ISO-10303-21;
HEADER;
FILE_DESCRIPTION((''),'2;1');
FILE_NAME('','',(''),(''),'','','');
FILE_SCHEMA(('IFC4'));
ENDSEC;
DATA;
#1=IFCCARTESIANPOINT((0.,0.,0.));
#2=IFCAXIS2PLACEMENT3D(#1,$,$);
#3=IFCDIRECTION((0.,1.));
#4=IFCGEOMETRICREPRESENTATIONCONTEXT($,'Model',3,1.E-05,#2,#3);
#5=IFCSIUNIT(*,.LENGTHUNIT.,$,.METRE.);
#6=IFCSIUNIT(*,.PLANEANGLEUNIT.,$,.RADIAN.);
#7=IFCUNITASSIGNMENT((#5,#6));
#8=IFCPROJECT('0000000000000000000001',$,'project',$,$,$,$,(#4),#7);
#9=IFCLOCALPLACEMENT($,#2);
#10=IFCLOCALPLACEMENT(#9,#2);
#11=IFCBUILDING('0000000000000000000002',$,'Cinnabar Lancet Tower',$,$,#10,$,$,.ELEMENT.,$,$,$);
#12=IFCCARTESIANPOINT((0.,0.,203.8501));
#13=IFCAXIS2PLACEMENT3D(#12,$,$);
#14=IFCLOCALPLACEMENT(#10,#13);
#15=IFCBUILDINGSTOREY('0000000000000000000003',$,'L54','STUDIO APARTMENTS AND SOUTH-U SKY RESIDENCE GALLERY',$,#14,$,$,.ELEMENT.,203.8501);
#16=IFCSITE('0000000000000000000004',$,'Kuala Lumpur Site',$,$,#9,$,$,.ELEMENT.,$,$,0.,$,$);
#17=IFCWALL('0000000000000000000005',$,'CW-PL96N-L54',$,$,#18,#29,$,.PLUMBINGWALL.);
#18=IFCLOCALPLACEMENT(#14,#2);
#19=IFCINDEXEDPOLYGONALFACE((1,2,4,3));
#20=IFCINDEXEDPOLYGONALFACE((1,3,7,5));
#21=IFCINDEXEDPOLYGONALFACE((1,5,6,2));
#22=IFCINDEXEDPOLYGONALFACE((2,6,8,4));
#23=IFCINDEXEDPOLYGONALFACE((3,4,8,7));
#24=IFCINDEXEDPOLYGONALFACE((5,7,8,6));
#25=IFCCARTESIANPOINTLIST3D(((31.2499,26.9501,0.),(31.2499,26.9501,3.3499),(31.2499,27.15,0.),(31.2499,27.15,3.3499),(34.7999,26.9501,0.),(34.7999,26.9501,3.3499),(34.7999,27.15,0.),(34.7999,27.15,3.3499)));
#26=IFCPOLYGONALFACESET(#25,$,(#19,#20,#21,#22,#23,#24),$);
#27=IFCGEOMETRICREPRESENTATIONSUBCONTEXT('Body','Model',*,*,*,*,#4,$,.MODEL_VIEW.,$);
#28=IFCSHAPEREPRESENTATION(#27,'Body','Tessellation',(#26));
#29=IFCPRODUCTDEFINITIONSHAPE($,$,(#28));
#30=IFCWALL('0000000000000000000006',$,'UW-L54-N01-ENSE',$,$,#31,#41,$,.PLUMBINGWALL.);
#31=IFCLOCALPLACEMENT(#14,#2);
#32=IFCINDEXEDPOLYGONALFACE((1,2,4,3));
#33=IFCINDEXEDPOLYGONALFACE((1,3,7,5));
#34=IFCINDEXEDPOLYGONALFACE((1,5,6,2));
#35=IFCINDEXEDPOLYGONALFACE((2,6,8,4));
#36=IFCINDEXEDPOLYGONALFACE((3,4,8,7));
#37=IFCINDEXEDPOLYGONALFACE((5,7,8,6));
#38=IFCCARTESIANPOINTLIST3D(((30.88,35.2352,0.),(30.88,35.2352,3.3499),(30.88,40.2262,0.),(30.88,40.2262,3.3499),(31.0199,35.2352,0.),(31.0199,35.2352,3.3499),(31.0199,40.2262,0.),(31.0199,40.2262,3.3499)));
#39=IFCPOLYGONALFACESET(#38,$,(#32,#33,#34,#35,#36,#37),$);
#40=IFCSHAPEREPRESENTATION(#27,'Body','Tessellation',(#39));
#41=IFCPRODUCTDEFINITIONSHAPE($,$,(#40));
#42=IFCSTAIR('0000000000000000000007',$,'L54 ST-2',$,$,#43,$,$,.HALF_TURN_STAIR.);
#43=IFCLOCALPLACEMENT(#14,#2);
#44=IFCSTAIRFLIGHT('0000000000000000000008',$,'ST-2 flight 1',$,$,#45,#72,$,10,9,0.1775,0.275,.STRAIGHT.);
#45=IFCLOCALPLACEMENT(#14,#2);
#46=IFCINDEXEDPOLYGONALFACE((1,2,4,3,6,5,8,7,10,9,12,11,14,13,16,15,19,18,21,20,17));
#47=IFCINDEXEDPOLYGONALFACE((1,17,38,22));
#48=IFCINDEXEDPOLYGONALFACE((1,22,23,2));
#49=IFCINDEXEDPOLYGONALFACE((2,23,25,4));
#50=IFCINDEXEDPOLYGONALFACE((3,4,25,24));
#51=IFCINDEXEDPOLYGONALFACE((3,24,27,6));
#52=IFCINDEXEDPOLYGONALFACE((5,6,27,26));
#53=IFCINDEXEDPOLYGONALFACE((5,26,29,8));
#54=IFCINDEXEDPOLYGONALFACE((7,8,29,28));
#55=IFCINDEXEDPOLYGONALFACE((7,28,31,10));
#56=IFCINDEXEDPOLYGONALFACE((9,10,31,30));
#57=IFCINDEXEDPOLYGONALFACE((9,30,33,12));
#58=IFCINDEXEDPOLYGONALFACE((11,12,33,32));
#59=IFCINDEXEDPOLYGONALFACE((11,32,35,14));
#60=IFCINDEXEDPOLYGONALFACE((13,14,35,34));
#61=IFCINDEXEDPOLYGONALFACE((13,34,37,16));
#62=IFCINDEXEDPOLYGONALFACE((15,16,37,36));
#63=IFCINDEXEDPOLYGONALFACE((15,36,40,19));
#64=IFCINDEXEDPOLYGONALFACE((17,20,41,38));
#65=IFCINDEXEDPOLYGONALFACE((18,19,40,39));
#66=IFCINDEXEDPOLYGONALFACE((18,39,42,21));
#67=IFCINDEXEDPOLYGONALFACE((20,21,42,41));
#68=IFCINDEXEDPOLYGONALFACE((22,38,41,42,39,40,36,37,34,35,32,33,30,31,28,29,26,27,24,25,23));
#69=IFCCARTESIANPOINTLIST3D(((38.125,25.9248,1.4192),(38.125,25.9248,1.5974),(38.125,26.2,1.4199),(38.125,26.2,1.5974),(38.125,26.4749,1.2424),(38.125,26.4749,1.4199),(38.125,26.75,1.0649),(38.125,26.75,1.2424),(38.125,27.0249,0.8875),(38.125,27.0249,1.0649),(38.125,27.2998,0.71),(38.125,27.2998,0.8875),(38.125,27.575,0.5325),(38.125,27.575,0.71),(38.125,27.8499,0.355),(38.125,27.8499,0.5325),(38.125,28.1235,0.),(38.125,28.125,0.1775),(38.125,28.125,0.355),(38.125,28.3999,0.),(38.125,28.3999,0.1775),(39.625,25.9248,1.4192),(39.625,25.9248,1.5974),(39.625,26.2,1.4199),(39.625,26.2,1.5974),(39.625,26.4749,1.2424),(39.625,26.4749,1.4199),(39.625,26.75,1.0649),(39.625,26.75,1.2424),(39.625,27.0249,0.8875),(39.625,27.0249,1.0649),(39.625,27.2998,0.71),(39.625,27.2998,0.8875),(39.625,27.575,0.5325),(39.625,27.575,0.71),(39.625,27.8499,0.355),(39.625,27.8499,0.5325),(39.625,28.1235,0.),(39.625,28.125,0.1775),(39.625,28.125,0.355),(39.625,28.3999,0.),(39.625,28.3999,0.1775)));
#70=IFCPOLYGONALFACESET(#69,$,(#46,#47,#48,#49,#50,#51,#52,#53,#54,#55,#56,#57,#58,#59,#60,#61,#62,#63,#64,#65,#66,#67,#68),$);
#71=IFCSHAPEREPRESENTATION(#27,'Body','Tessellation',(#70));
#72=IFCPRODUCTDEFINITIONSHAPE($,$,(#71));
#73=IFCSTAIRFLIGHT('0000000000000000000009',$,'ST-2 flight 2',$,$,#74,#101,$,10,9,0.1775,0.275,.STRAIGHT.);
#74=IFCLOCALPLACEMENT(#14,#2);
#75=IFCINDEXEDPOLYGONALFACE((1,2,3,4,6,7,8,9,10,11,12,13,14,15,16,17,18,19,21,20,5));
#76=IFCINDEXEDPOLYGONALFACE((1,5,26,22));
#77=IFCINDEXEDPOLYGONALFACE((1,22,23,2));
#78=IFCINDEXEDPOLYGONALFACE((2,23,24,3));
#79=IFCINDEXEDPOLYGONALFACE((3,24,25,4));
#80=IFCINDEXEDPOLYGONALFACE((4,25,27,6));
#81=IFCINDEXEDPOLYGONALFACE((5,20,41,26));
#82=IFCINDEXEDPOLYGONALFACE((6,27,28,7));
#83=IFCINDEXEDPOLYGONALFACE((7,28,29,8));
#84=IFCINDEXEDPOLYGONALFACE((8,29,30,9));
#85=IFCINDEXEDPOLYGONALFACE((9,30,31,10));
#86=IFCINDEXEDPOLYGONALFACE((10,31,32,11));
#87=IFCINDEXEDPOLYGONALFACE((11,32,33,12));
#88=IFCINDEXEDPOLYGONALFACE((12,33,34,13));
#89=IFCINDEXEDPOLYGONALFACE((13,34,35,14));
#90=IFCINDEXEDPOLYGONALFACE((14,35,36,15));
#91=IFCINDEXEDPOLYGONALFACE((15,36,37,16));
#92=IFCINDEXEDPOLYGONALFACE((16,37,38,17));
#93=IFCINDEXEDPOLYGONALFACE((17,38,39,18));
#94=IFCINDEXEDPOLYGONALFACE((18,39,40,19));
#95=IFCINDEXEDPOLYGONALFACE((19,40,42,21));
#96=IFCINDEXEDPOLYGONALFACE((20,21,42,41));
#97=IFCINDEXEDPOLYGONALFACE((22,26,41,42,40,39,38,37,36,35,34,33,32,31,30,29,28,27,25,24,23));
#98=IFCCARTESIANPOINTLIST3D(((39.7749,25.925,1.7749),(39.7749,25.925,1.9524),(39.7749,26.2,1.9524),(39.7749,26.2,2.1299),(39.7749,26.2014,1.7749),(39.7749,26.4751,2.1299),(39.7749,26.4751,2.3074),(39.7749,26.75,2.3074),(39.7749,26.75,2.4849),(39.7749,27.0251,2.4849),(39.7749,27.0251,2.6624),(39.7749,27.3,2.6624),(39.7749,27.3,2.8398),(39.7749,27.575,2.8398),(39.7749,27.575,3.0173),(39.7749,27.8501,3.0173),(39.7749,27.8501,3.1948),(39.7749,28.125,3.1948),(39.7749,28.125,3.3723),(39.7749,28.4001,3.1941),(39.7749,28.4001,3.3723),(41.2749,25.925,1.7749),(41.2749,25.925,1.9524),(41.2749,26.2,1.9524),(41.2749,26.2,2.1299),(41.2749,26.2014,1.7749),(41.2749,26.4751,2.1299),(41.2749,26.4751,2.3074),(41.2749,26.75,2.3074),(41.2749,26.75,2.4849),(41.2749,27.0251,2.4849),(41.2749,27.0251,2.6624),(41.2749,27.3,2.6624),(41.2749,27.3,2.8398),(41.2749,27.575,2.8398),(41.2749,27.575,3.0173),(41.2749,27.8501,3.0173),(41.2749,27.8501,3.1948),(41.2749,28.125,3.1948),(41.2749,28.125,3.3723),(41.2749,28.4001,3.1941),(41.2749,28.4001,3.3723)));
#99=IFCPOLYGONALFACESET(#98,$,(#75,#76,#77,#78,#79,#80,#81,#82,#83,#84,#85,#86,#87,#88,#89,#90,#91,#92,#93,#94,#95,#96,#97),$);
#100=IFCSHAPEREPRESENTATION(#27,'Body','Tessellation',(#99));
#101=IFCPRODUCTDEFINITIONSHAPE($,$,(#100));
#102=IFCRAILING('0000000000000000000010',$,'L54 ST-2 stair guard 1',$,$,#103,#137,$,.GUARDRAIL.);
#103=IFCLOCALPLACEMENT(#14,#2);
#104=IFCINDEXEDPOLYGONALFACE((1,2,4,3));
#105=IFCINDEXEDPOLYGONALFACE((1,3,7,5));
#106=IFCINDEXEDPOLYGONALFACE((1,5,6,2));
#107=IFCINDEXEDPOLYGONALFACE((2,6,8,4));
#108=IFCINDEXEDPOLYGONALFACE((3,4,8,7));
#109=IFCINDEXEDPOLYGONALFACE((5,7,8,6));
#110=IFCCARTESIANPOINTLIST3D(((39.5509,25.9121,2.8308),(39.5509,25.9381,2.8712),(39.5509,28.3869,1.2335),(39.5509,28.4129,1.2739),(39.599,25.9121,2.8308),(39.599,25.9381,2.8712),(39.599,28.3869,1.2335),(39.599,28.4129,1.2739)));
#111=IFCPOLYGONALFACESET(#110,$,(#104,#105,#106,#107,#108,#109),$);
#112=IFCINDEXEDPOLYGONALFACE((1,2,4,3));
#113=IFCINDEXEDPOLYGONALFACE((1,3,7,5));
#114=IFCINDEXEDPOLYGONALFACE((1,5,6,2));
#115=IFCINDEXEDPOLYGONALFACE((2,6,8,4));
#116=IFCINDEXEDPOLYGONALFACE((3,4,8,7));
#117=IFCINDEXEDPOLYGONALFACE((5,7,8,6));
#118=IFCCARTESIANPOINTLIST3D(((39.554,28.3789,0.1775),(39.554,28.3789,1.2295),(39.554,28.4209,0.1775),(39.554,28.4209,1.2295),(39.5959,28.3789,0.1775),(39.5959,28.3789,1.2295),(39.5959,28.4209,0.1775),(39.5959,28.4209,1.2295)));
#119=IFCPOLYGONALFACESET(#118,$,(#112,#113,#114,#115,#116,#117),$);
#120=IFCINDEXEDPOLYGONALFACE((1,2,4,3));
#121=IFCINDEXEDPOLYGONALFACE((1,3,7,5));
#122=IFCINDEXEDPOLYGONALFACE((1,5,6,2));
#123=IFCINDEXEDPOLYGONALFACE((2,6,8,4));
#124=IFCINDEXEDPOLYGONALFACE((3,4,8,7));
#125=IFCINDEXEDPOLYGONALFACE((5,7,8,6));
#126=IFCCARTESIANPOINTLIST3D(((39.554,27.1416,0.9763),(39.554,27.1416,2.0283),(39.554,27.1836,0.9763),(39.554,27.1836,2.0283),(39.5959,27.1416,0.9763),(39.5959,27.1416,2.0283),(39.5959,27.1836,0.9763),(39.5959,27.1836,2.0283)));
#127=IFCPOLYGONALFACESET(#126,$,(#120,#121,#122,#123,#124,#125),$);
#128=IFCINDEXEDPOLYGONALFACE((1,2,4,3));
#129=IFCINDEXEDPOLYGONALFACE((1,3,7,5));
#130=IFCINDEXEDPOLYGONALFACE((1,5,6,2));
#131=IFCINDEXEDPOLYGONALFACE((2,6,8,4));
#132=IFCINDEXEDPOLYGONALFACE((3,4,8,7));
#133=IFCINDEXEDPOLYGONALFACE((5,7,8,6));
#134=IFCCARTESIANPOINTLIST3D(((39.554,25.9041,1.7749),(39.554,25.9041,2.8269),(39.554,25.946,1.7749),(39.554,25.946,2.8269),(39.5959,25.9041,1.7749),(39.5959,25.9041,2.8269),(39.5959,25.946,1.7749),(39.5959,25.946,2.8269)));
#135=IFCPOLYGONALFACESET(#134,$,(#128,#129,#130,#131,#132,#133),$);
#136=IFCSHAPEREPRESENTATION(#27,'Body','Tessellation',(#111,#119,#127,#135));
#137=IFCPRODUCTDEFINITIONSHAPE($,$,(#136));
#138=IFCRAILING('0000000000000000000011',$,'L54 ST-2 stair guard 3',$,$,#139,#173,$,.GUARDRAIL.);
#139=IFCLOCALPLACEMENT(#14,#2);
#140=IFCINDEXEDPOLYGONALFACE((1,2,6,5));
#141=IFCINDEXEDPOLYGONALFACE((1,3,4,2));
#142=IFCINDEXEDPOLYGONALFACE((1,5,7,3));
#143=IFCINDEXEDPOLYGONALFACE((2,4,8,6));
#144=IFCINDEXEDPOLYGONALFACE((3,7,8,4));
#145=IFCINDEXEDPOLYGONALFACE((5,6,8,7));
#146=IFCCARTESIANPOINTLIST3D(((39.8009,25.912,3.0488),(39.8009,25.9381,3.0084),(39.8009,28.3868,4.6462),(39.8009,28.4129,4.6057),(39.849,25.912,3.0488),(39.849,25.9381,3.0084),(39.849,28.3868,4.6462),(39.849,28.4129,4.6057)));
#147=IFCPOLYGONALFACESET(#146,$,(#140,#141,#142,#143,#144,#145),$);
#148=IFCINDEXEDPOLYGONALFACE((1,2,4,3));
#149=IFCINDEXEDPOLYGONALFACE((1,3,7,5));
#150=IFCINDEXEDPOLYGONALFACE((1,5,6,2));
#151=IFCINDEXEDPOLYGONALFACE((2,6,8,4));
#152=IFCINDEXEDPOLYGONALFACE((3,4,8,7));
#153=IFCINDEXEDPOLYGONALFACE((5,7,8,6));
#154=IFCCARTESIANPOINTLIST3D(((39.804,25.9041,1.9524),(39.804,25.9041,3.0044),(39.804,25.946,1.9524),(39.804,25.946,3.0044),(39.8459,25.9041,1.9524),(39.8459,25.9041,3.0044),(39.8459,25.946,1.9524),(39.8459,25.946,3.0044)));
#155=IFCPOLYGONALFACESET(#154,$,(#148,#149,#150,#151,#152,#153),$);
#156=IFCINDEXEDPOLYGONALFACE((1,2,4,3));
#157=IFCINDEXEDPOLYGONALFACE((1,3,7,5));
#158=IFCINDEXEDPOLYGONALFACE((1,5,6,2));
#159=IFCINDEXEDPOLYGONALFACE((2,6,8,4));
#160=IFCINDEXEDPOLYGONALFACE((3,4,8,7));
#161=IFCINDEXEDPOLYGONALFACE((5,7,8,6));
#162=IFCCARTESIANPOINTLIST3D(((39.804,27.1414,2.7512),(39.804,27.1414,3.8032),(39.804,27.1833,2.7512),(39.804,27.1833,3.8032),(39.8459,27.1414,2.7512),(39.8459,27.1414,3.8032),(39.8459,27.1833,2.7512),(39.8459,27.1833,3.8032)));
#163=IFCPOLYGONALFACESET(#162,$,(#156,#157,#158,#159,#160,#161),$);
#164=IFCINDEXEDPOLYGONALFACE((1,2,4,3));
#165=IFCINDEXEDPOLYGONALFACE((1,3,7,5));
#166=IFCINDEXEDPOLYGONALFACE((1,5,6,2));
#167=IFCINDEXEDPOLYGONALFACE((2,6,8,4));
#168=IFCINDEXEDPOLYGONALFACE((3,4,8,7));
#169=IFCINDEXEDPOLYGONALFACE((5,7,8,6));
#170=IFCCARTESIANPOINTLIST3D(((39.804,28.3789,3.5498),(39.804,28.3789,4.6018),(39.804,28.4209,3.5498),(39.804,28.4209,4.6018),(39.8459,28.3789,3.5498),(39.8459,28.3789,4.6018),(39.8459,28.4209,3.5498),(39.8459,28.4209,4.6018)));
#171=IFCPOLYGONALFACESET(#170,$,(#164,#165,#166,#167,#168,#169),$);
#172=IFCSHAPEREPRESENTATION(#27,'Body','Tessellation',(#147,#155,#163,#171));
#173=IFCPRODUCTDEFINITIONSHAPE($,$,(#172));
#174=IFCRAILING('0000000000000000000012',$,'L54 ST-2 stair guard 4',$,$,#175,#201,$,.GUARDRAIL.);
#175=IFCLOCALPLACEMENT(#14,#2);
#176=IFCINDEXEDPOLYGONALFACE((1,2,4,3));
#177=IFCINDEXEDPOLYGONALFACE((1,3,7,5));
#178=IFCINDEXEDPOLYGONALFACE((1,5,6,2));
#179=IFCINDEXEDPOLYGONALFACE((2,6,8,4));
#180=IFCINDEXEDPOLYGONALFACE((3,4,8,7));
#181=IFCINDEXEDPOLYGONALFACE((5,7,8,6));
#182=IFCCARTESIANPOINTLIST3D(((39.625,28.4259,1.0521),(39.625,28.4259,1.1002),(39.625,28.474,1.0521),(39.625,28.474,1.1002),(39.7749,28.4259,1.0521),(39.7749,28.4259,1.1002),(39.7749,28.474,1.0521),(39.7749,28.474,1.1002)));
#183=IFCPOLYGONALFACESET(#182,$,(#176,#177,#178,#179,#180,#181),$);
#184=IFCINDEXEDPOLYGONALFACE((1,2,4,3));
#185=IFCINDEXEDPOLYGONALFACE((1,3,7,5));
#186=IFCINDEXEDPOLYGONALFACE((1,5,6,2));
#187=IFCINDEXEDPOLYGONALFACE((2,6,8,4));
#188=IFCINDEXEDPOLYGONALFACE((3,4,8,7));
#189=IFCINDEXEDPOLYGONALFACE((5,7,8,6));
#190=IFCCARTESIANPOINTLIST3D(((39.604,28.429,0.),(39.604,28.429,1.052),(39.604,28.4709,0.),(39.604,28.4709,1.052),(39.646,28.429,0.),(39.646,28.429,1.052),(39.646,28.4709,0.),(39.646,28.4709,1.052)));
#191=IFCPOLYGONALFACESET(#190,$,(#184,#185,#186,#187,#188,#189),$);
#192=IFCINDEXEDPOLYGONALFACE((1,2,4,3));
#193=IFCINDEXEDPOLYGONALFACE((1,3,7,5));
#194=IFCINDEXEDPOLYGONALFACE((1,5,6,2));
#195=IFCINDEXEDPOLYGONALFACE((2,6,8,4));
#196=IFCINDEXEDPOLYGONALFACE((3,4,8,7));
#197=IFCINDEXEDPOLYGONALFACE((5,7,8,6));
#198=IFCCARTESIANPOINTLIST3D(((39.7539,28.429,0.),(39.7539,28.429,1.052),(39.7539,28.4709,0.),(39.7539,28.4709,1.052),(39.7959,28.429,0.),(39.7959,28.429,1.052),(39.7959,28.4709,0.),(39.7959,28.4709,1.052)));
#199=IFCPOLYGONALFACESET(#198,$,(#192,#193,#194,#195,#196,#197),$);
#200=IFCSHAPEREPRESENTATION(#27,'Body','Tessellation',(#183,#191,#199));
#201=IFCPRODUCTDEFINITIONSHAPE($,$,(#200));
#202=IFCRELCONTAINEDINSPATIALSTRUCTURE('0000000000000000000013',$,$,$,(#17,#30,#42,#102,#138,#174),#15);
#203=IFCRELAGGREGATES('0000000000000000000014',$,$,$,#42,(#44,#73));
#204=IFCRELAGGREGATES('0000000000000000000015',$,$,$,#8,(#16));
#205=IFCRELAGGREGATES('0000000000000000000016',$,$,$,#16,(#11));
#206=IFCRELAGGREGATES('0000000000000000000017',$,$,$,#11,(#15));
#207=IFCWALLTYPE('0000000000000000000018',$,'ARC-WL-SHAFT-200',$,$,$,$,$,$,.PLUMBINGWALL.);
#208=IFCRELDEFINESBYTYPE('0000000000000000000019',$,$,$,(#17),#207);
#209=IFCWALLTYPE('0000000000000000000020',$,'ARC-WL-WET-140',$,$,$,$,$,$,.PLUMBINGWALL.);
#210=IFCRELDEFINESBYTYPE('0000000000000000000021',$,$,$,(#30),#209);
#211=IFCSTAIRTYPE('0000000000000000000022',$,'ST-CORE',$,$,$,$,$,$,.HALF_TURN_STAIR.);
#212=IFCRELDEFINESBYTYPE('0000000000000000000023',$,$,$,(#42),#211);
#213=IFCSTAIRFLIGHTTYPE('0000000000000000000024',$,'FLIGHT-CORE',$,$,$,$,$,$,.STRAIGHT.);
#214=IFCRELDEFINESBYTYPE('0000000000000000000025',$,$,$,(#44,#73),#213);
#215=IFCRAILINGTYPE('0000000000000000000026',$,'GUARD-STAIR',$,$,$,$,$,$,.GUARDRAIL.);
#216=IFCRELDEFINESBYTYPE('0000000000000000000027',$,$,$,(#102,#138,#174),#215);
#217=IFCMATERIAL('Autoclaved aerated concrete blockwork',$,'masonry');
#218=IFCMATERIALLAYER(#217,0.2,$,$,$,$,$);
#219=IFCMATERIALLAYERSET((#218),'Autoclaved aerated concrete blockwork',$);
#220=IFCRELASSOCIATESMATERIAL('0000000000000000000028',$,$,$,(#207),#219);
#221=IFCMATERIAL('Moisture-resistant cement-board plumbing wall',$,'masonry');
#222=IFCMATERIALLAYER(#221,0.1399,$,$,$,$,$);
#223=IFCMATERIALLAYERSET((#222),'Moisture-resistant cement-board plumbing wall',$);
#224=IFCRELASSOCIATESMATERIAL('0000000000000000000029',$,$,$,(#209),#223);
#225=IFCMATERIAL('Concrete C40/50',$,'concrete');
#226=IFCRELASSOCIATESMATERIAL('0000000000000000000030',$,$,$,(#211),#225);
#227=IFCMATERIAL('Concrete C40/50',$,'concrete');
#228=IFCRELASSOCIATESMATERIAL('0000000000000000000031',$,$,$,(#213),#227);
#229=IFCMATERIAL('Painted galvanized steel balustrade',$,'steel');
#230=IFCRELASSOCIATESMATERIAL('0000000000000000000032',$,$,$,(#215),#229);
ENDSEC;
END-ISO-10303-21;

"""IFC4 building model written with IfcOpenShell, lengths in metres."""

from ifc_helpers import new_model, si_unit, direction, frame, frame_2d, origin, origin_2d, place, context, subcontext, project, spatial, polyline, rectangle, outline, extrude, material, layer, layer_set, type_object, element, aggregate, save


model = new_model("IFC4")

# Units and contexts
model_context = context("Model", 3, precision=1e-05, world=origin(), true_north=direction((0.0, 1.0)))
body_context = subcontext(model_context, "Body", "Model", "MODEL_VIEW")
ifc_project = project(units=[si_unit("LENGTHUNIT", "METRE"), si_unit("PLANEANGLEUNIT", "RADIAN")], contexts=[model_context])

# Site, building, storey
site_placement = place(None, origin())
site = spatial("IfcSite", under=ifc_project, at=site_placement, Name="Kuala Lumpur Site", CompositionType="ELEMENT", RefElevation=0.0)
building_placement = place(site_placement, origin())
building = spatial("IfcBuilding", under=site, at=building_placement, Name="Cinnabar Lancet Tower", CompositionType="ELEMENT")
storey_placement = place(building_placement, frame((0.0, 0.0, 203.8501)))
storey = spatial("IfcBuildingStorey", under=building, at=storey_placement, Name="L54", Description="STUDIO APARTMENTS AND SOUTH-U SKY RESIDENCE GALLERY", CompositionType="ELEMENT", Elevation=203.8501)

# Shared definitions
ifc_material_1 = material(Name="Autoclaved aerated concrete blockwork", Category="masonry")
ifc_layer_1 = layer(ifc_material_1, 0.2)
ifc_layer_set_1 = layer_set([ifc_layer_1], Name="Autoclaved aerated concrete blockwork")
wall_type_1 = type_object("IfcWallType", Name="ARC-WL-SHAFT-200", PredefinedType="PLUMBINGWALL", material=ifc_layer_set_1)

# Walls
wall_1_placement = place(storey_placement, frame((31.25, 27.05, 0.0), z_axis=(0.0, 0.0, 1.0), x_axis=(1.0, 0.0, 0.0)))
element("IfcWall", 1, at=wall_1_placement, inside=storey, type_object=wall_type_1, Name="CW-PL96N-L54", PredefinedType="PLUMBINGWALL", context=body_context, shape_type="SweptSolid", body=[
    extrude(rectangle(XDim=3.55, YDim=0.2, at=frame_2d((1.7749, 0.0))), origin(), (0.0, 0.0, 1.0), 3.3499),
])
ifc_material_2 = material(Name="Moisture-resistant cement-board plumbing wall", Category="masonry")
ifc_layer_2 = layer(ifc_material_2, 0.1399)
ifc_layer_set_2 = layer_set([ifc_layer_2], Name="Moisture-resistant cement-board plumbing wall")
wall_type_2 = type_object("IfcWallType", Name="ARC-WL-WET-140", PredefinedType="PLUMBINGWALL", material=ifc_layer_set_2)
wall_2_placement = place(storey_placement, frame((30.95, 35.2351, 0.0), z_axis=(0.0, 0.0, 1.0), x_axis=(0.0, 1.0, 0.0)))
element("IfcWall", 2, at=wall_2_placement, inside=storey, type_object=wall_type_2, Name="UW-L54-N01-ENSE", PredefinedType="PLUMBINGWALL", context=body_context, shape_type="SweptSolid", body=[
    extrude(rectangle(XDim=4.991, YDim=0.1399, at=frame_2d((2.4956, 0.0))), origin(), (0.0, 0.0, 1.0), 3.3499),
])

# Stair, stair flights
ifc_material_3 = material(Name="Concrete C40/50", Category="concrete")
stair_type = type_object("IfcStairType", Name="ST-CORE", PredefinedType="HALF_TURN_STAIR", material=ifc_material_3)
stair_placement = place(storey_placement, origin())
stair = element("IfcStair", 3, at=stair_placement, inside=storey, type_object=stair_type, Name="L54 ST-2", PredefinedType="HALF_TURN_STAIR")
ifc_material_4 = material(Name="Concrete C40/50", Category="concrete")
stair_flight_type = type_object("IfcStairFlightType", Name="FLIGHT-CORE", PredefinedType="STRAIGHT", material=ifc_material_4)
stair_flight_1_placement = place(storey_placement, frame((38.875, 28.3999, 0.0), z_axis=(0.0, 0.0, 1.0), x_axis=(0.0, -1.0, 0.0)))
stair_flight_1 = element("IfcStairFlight", 4, at=stair_flight_1_placement, type_object=stair_flight_type, Name="ST-2 flight 1", NumberOfRisers=10, NumberOfTreads=9, PredefinedType="STRAIGHT", RiserHeight=0.1775, TreadLength=0.275, context=body_context, shape_type="SweptSolid", body=[
    extrude(outline(polyline([(0.0, 0.0), (0.0, 0.1775), (0.2749, 0.1775), (0.2749, 0.355), (0.55, 0.355), (0.55, 0.5325), (0.825, 0.5325), (0.825, 0.71), (1.1001, 0.71), (1.1001, 0.8875), (1.375, 0.8875), (1.375, 1.0649), (1.6499, 1.0649), (1.6499, 1.2424), (1.925, 1.2424), (1.925, 1.4199), (2.2, 1.4199), (2.2, 1.5974), (2.4751, 1.5974), (2.4751, 1.7749), (2.4751, 1.4192), (0.2764, 0.0), (0.0, 0.0)])), frame((0.0, 0.75, 0.0), z_axis=(0.0, -1.0, 0.0), x_axis=(1.0, 0.0, 0.0)), (0.0, 0.0, 1.0), 1.5),
])
stair_flight_2_placement = place(storey_placement, frame((40.5249, 25.925, 1.7749), z_axis=(0.0, 0.0, 1.0), x_axis=(0.0, 1.0, 0.0)))
stair_flight_2 = element("IfcStairFlight", 5, at=stair_flight_2_placement, type_object=stair_flight_type, Name="ST-2 flight 2", NumberOfRisers=10, NumberOfTreads=9, PredefinedType="STRAIGHT", RiserHeight=0.1775, TreadLength=0.275, context=body_context, shape_type="SweptSolid", body=[
    extrude(outline(polyline([(0.0, 0.0), (0.0, 0.1775), (0.2749, 0.1775), (0.2749, 0.355), (0.55, 0.355), (0.55, 0.5325), (0.825, 0.5325), (0.825, 0.71), (1.1001, 0.71), (1.1001, 0.8875), (1.375, 0.8875), (1.375, 1.0649), (1.6499, 1.0649), (1.6499, 1.2424), (1.925, 1.2424), (1.925, 1.4199), (2.2, 1.4199), (2.2, 1.5974), (2.4751, 1.5974), (2.4751, 1.7749), (2.4751, 1.4192), (0.2764, 0.0), (0.0, 0.0)])), frame((0.0, 0.75, 0.0), z_axis=(0.0, -1.0, 0.0), x_axis=(1.0, 0.0, 0.0)), (0.0, 0.0, 1.0), 1.5),
])
aggregate(stair, [stair_flight_1, stair_flight_2])

# Railings
ifc_material_5 = material(Name="Painted galvanized steel balustrade", Category="steel")
railing_type_1 = type_object("IfcRailingType", Name="GUARD-STAIR", PredefinedType="GUARDRAIL", material=ifc_material_5)
railing_1_placement = place(storey_placement, frame((39.575, 28.3999, 0.1775)))
element("IfcRailing", 6, at=railing_1_placement, inside=storey, type_object=railing_type_1, Name="L54 ST-2 stair guard 1", PredefinedType="GUARDRAIL", context=body_context, shape_type="SweptSolid", body=[
    extrude(rectangle(XDim=0.0481, YDim=0.0481, at=origin_2d()), frame((0.0, 0.0, 1.0762), z_axis=(0.0, -0.840183, 0.542302), x_axis=(1.0, 0.0, 0.0)), (0.0, 0.0, 1.0), 2.9456),
    extrude(rectangle(XDim=0.042, YDim=0.042, at=origin_2d()), origin(), (0.0, 0.0, 1.0), 1.052),
    extrude(rectangle(XDim=0.042, YDim=0.042, at=origin_2d()), frame((0.0, -1.2373, 0.7988)), (0.0, 0.0, 1.0), 1.052),
    extrude(rectangle(XDim=0.042, YDim=0.042, at=origin_2d()), frame((0.0, -2.4749, 1.5974)), (0.0, 0.0, 1.0), 1.052),
])
railing_2_placement = place(storey_placement, frame((39.825, 25.925, 1.9524)))
element("IfcRailing", 7, at=railing_2_placement, inside=storey, type_object=railing_type_1, Name="L54 ST-2 stair guard 3", PredefinedType="GUARDRAIL", context=body_context, shape_type="SweptSolid", body=[
    extrude(rectangle(XDim=0.0481, YDim=0.0481, at=origin_2d()), frame((0.0, 0.0, 1.0762), z_axis=(0.0, 0.840183, 0.542302), x_axis=(-1.0, 0.0, 0.0)), (0.0, 0.0, 1.0), 2.9456),
    extrude(rectangle(XDim=0.042, YDim=0.042, at=origin_2d()), origin(), (0.0, 0.0, 1.0), 1.052),
    extrude(rectangle(XDim=0.042, YDim=0.042, at=origin_2d()), frame((0.0, 1.2373, 0.7988)), (0.0, 0.0, 1.0), 1.052),
    extrude(rectangle(XDim=0.042, YDim=0.042, at=origin_2d()), frame((0.0, 2.4749, 1.5974)), (0.0, 0.0, 1.0), 1.052),
])
railing_3_placement = place(storey_placement, frame((39.625, 28.45, 0.0)))
element("IfcRailing", 8, at=railing_3_placement, inside=storey, type_object=railing_type_1, Name="L54 ST-2 stair guard 4", PredefinedType="GUARDRAIL", context=body_context, shape_type="SweptSolid", body=[
    extrude(rectangle(XDim=0.0481, YDim=0.0481, at=origin_2d()), frame((0.0, 0.0, 1.0762), z_axis=(1.0, 0.0, 0.0), x_axis=(0.0, 1.0, 0.0)), (0.0, 0.0, 1.0), 0.1499),
    extrude(rectangle(XDim=0.042, YDim=0.042, at=origin_2d()), origin(), (0.0, 0.0, 1.0), 1.052),
    extrude(rectangle(XDim=0.042, YDim=0.042, at=origin_2d()), frame((0.1499, 0.0, 0.0)), (0.0, 0.0, 1.0), 1.052),
])

save(model, "model.ifc")
